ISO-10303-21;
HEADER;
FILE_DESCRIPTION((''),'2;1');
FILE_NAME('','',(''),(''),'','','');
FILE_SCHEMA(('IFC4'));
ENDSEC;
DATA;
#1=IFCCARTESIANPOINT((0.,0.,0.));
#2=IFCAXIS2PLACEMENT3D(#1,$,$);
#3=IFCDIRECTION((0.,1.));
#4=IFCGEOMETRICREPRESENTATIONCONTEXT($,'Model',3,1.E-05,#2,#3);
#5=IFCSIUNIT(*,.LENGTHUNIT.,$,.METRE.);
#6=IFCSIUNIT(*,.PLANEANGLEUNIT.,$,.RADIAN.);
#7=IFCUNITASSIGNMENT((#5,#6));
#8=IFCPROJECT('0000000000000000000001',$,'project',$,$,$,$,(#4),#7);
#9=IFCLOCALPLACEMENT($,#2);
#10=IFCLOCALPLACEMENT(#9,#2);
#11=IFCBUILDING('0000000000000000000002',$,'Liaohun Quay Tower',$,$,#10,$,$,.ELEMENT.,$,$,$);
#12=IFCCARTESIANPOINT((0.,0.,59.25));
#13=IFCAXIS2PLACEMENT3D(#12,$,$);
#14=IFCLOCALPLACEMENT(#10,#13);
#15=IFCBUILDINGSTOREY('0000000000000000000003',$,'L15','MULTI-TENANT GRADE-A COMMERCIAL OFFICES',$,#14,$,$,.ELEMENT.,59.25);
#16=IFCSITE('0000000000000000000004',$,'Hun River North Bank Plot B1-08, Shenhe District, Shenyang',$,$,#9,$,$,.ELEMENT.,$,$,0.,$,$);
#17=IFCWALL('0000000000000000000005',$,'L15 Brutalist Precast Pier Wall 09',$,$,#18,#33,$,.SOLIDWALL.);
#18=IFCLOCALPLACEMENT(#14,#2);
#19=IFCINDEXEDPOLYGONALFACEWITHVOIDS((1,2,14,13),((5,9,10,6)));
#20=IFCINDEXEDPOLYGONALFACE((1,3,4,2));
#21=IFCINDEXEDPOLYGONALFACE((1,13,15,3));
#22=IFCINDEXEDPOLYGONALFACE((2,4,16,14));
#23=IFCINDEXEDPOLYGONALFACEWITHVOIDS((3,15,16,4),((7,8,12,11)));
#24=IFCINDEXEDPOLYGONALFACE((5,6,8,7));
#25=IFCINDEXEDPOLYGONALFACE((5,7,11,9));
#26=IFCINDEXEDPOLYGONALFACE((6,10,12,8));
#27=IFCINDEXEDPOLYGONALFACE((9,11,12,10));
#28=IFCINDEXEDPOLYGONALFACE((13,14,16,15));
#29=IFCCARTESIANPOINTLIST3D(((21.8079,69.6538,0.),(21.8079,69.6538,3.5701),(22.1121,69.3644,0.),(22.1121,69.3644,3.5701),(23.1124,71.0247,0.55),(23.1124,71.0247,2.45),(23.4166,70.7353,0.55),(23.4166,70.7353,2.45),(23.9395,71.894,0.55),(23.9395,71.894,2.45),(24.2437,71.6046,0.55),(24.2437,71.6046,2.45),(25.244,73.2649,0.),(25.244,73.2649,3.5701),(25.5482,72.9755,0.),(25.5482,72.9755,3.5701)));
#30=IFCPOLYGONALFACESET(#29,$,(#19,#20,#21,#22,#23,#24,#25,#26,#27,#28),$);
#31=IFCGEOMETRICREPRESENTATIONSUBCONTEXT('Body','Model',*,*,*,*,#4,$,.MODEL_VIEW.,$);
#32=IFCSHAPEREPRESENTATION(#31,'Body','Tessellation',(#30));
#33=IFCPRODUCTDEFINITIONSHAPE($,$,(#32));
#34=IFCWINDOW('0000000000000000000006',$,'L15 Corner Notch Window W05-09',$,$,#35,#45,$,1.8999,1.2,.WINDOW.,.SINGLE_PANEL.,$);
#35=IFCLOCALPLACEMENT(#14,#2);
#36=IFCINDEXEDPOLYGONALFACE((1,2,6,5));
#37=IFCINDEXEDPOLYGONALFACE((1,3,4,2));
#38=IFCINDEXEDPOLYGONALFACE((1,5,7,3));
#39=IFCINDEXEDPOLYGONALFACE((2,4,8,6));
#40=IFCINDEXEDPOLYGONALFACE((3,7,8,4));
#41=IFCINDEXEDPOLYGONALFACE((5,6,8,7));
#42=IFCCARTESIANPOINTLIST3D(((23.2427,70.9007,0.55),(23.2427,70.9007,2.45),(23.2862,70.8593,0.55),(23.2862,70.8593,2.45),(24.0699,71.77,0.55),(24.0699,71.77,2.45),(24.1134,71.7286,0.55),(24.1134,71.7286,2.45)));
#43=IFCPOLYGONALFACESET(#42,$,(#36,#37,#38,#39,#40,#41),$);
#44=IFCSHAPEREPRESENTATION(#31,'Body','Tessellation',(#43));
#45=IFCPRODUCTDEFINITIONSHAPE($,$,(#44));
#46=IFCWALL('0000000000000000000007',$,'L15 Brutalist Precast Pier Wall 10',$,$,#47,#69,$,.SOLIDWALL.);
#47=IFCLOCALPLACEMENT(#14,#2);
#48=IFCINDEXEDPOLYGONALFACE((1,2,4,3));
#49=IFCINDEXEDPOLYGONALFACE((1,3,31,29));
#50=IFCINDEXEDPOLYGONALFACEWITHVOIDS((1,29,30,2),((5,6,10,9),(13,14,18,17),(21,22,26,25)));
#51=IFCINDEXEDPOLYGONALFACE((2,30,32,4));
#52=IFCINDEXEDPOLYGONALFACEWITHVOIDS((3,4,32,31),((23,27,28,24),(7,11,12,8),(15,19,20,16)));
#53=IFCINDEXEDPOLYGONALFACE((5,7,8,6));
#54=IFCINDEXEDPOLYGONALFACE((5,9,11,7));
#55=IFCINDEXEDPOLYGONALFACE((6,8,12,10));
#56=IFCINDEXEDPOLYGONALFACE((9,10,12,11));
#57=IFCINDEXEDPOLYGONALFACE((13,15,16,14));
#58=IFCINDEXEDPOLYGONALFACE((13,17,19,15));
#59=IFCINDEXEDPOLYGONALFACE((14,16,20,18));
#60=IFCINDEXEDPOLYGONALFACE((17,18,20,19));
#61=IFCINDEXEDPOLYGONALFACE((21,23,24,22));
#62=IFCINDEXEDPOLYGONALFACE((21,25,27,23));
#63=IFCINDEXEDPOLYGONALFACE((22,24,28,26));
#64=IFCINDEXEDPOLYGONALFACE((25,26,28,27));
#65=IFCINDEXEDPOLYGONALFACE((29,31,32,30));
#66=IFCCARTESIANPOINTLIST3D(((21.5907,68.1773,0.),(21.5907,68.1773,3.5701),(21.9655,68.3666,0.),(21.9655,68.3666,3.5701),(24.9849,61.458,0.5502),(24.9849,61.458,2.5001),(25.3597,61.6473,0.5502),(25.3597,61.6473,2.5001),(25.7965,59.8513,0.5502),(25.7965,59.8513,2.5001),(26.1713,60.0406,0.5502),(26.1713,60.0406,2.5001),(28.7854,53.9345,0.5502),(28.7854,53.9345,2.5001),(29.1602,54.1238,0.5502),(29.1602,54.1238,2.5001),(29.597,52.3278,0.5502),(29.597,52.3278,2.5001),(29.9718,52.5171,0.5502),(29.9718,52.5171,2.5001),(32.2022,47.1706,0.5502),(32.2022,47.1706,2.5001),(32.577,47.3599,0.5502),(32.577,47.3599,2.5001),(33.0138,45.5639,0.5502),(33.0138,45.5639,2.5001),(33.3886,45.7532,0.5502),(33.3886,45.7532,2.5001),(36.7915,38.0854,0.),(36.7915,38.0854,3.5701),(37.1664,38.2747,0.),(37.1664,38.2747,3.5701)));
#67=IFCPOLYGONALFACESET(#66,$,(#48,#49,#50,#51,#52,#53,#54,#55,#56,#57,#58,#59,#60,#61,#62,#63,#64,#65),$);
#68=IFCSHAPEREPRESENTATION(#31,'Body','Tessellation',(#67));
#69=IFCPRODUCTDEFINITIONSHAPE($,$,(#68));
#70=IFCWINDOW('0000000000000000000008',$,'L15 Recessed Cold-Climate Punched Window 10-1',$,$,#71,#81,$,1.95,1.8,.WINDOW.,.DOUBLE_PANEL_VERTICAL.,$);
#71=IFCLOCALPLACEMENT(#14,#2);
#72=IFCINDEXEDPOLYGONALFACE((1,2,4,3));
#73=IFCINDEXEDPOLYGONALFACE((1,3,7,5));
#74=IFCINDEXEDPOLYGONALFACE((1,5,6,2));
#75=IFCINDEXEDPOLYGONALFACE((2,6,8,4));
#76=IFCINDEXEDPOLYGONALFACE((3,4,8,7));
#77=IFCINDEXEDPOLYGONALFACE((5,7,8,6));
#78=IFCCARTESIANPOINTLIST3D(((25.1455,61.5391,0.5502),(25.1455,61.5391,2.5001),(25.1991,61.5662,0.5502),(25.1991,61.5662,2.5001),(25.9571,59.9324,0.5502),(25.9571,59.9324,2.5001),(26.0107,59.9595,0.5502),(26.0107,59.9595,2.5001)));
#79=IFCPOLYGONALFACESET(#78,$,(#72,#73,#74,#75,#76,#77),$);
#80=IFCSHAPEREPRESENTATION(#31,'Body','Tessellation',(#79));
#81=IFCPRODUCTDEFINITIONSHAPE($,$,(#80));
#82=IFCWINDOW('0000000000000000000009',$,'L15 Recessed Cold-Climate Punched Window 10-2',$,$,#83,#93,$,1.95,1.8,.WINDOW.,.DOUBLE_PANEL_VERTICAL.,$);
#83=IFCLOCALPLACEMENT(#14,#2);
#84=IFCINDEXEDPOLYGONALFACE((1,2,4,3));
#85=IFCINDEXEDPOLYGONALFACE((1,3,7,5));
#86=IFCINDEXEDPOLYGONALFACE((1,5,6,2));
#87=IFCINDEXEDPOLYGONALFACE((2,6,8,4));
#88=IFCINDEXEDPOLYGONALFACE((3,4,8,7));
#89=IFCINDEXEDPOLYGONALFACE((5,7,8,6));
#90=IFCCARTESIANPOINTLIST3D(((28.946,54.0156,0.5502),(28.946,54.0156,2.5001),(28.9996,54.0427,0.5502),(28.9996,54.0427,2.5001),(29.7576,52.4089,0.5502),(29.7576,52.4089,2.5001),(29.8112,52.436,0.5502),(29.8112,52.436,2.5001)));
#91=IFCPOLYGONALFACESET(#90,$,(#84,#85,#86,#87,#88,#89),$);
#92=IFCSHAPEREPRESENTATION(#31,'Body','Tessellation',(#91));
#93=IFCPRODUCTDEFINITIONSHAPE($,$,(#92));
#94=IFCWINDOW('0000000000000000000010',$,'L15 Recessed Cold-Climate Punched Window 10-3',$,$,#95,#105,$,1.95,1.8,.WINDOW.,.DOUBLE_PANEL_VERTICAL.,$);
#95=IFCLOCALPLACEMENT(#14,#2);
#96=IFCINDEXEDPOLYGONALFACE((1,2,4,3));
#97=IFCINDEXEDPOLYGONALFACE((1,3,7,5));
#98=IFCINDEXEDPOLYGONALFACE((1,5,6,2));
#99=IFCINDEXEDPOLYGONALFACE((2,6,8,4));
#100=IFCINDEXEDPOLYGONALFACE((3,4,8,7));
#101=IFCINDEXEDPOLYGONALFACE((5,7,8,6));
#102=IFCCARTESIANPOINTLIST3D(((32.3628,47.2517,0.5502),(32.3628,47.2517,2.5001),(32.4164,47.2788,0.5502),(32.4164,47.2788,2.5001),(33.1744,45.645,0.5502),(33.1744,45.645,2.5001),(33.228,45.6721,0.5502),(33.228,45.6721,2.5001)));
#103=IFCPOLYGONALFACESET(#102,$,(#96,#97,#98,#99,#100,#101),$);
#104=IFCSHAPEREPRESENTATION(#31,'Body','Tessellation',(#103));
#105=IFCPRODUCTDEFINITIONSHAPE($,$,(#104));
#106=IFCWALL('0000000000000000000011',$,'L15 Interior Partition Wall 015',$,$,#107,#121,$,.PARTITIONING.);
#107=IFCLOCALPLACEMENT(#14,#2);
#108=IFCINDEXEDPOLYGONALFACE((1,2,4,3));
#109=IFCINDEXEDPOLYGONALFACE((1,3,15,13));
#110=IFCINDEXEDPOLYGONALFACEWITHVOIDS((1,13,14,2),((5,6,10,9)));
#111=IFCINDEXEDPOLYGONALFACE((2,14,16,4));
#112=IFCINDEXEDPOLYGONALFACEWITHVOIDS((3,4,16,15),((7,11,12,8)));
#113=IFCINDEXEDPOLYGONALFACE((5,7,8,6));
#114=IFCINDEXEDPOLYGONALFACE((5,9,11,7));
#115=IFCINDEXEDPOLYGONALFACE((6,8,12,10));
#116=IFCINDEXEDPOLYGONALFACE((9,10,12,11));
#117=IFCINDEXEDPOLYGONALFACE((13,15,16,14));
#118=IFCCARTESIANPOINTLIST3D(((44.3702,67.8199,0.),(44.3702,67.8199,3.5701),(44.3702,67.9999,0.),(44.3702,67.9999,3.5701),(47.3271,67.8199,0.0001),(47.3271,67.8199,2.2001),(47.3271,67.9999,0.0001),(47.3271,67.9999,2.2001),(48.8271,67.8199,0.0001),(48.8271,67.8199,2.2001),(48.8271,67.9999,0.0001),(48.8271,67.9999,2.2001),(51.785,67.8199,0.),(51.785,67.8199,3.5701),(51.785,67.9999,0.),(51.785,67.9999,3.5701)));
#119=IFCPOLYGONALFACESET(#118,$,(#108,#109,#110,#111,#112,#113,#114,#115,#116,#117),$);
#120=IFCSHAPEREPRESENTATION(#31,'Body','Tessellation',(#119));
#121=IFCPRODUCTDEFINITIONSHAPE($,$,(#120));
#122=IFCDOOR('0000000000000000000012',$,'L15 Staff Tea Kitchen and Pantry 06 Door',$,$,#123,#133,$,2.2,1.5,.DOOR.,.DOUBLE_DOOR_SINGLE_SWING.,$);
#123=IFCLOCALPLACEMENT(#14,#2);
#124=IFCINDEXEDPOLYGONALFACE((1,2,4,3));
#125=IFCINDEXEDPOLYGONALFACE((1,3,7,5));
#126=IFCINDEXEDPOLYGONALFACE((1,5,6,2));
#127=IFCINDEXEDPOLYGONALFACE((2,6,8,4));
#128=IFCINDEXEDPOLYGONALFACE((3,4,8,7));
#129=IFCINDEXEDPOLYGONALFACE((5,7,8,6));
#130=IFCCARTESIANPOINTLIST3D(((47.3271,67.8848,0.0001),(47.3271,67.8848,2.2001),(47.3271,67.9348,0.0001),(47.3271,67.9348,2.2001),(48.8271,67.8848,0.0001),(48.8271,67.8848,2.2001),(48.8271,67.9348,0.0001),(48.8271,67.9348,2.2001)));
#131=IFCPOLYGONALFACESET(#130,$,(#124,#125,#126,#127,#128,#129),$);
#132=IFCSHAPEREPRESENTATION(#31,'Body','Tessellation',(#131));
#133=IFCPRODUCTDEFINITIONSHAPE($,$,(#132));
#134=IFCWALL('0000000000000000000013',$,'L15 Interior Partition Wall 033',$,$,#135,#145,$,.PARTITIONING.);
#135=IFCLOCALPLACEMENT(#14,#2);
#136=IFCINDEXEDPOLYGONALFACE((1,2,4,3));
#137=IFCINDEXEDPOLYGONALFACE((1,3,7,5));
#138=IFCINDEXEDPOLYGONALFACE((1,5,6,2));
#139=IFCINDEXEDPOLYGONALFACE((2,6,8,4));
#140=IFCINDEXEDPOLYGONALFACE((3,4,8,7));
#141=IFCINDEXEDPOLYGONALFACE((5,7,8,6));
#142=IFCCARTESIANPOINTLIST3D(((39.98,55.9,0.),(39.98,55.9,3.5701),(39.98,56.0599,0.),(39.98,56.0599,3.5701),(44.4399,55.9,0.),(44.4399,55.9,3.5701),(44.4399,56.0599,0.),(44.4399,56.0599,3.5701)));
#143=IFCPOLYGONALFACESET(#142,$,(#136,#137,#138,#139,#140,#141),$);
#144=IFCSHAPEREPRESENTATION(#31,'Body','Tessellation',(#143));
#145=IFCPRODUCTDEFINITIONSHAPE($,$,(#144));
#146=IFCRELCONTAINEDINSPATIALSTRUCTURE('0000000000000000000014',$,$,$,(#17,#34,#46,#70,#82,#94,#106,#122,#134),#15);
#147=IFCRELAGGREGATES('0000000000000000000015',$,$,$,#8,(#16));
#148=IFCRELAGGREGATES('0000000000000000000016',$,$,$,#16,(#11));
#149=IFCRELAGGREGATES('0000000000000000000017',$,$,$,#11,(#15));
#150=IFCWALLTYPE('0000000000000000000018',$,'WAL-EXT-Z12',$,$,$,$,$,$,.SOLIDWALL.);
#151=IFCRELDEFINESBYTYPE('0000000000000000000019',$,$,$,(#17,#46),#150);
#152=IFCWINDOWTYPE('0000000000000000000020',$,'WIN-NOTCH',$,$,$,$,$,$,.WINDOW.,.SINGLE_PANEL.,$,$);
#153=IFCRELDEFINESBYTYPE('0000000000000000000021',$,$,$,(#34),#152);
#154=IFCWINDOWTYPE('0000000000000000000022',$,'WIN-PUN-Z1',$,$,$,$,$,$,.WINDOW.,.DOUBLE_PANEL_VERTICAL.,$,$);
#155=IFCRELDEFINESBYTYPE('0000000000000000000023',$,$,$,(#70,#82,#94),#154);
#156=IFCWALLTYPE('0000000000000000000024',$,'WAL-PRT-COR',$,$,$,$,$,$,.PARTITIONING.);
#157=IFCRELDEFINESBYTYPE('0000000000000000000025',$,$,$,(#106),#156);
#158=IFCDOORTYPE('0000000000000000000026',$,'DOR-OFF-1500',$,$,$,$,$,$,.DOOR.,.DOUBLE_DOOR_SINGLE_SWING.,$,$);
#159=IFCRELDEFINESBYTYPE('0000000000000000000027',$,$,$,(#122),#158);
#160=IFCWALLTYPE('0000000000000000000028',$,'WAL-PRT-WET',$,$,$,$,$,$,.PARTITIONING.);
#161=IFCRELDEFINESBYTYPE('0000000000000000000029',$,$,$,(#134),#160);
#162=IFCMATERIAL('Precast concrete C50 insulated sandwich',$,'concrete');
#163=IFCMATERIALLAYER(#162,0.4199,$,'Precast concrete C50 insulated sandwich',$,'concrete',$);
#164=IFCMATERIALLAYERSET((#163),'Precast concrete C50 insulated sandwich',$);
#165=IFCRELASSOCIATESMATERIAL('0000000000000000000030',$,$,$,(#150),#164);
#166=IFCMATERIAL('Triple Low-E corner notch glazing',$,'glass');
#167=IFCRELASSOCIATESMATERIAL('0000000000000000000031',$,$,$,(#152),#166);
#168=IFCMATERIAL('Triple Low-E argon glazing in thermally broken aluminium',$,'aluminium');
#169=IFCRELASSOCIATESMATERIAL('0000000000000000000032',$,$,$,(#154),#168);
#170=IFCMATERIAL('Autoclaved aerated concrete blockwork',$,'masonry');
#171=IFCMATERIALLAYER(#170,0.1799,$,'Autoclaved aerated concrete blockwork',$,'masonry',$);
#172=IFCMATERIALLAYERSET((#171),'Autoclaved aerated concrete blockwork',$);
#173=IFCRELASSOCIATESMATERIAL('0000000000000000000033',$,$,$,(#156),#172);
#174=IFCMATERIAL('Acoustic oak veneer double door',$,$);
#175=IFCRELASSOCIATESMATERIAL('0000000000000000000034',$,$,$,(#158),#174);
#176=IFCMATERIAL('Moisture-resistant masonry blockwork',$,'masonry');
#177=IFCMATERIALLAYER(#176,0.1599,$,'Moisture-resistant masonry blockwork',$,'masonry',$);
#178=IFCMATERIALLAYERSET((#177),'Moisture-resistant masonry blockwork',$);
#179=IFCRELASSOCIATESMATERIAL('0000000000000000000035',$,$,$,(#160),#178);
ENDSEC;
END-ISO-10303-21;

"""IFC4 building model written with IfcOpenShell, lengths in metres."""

from ifc_helpers import new_model, si_unit, direction, frame, frame_2d, origin, place, context, subcontext, project, spatial, rectangle, extrude, source, transform, mapped, material, layer, layer_set, type_object, element, fill, save


model = new_model("IFC4")

# Units and contexts
model_context = context("Model", 3, precision=1e-05, world=origin(), true_north=direction((0.0, 1.0)))
body_context = subcontext(model_context, "Body", "Model", "MODEL_VIEW")
ifc_project = project(units=[si_unit("LENGTHUNIT", "METRE"), si_unit("PLANEANGLEUNIT", "RADIAN")], contexts=[model_context])

# Site, building, storey
site_placement = place(None, origin())
site = spatial("IfcSite", under=ifc_project, at=site_placement, Name="Hun River North Bank Plot B1-08, Shenhe District, Shenyang", CompositionType="ELEMENT", RefElevation=0.0)
building_placement = place(site_placement, origin())
building = spatial("IfcBuilding", under=site, at=building_placement, Name="Liaohun Quay Tower", CompositionType="ELEMENT")
storey_placement = place(building_placement, frame((0.0, 0.0, 59.25)))
storey = spatial("IfcBuildingStorey", under=building, at=storey_placement, Name="L15", Description="MULTI-TENANT GRADE-A COMMERCIAL OFFICES", CompositionType="ELEMENT", Elevation=59.25)

# Wall, opening, window
ifc_material_1 = material(Name="Precast concrete C50 insulated sandwich", Category="concrete")
ifc_layer_1 = layer(ifc_material_1, 0.4199, Name="Precast concrete C50 insulated sandwich", Category="concrete")
ifc_layer_set_1 = layer_set([ifc_layer_1], Name="Precast concrete C50 insulated sandwich")
wall_type_1 = type_object("IfcWallType", Name="WAL-EXT-Z12", PredefinedType="SOLIDWALL", material=ifc_layer_set_1)
shared_shape_1 = source(origin(), body_context, "Body", "SweptSolid", [
    extrude(rectangle(XDim=1.2, YDim=1.8999, at=frame_2d((0.6001, 0.95))), frame((0.0, 0.22, 0.0), z_axis=(0.0, -1.0, 0.0), x_axis=(1.0, 0.0, 0.0)), (0.0, 0.0, 1.0), 0.4399),
])
ifc_material_2 = material(Name="Triple Low-E corner notch glazing", Category="glass")
window_type_1 = type_object("IfcWindowType", Name="WIN-NOTCH", PartitioningType="SINGLE_PANEL", PredefinedType="WINDOW", material=ifc_material_2)
shared_shape_2 = source(origin(), body_context, "Body", "SweptSolid", [
    extrude(rectangle(XDim=1.2, YDim=1.8999, at=frame_2d((0.6001, 0.95))), frame((0.0, 0.03, 0.0), z_axis=(0.0, -1.0, 0.0), x_axis=(1.0, 0.0, 0.0)), (0.0, 0.0, 1.0), 0.0601),
])
wall_1_placement = place(storey_placement, frame((25.396, 73.1201, 0.0), z_axis=(0.0, 0.0, 1.0), x_axis=(-0.68933, -0.724448, 0.0)))
wall_1 = element("IfcWall", 1, at=wall_1_placement, inside=storey, type_object=wall_type_1, Name="L15 Brutalist Precast Pier Wall 09", PredefinedType="SOLIDWALL", context=body_context, shape_type="SweptSolid", body=[
    extrude(rectangle(XDim=4.9846, YDim=0.4199, at=frame_2d((2.4922, 0.0))), origin(), (0.0, 0.0, 1.0), 3.5701),
])
opening_1_placement = place(wall_1_placement, frame((1.8921, 0.0, 0.55)))
opening_1 = element("IfcOpeningElement", 2, at=opening_1_placement, cuts=wall_1, PredefinedType="OPENING", context=body_context, shape_type="MappedRepresentation", body=[
    mapped(shared_shape_1, transform((0.0, 0.0, 0.0), x_axis=(1.0, 0.0, 0.0), y_axis=(0.0, 1.0, 0.0), z_axis=(0.0, 0.0, 1.0), scale=1.0)),
])
window_1_placement = place(opening_1_placement, origin())
window_1 = element("IfcWindow", 3, at=window_1_placement, inside=storey, type_object=window_type_1, Name="L15 Corner Notch Window W05-09", OverallHeight=1.8999, OverallWidth=1.2, PartitioningType="SINGLE_PANEL", PredefinedType="WINDOW", context=body_context, shape_type="MappedRepresentation", body=[
    mapped(shared_shape_2, transform((0.0, 0.0, 0.0), x_axis=(1.0, 0.0, 0.0), y_axis=(0.0, 1.0, 0.0), z_axis=(0.0, 0.0, 1.0), scale=1.0)),
])
fill(opening_1, window_1)

# Wall, openings, windows
wall_2_placement = place(storey_placement, frame((21.7781, 68.272, 0.0), z_axis=(0.0, 0.0, 1.0), x_axis=(0.450886, -0.892582, 0.0)))
wall_2 = element("IfcWall", 4, at=wall_2_placement, inside=storey, type_object=wall_type_1, Name="L15 Brutalist Precast Pier Wall 10", PredefinedType="SOLIDWALL", context=body_context, shape_type="SweptSolid", body=[
    extrude(rectangle(XDim=33.7134, YDim=0.4199, at=frame_2d((16.8567, 0.0))), origin(), (0.0, 0.0, 1.0), 3.5701),
])
shared_shape_3 = source(origin(), body_context, "Body", "SweptSolid", [
    extrude(rectangle(XDim=1.8, YDim=1.95, at=frame_2d((0.8999, 0.9751))), frame((0.0, 0.22, 0.0), z_axis=(0.0, -1.0, 0.0), x_axis=(1.0, 0.0, 0.0)), (0.0, 0.0, 1.0), 0.4399),
])
opening_2_placement = place(wall_2_placement, frame((7.5281, 0.0, 0.55)))
opening_2 = element("IfcOpeningElement", 5, at=opening_2_placement, cuts=wall_2, PredefinedType="OPENING", context=body_context, shape_type="MappedRepresentation", body=[
    mapped(shared_shape_3, transform((0.0, 0.0, 0.0), x_axis=(1.0, 0.0, 0.0), y_axis=(0.0, 1.0, 0.0), z_axis=(0.0, 0.0, 1.0), scale=1.0)),
])
opening_3_placement = place(wall_2_placement, frame((15.957, 0.0, 0.55)))
opening_3 = element("IfcOpeningElement", 6, at=opening_3_placement, cuts=wall_2, PredefinedType="OPENING", context=body_context, shape_type="MappedRepresentation", body=[
    mapped(shared_shape_3, transform((0.0, 0.0, 0.0), x_axis=(1.0, 0.0, 0.0), y_axis=(0.0, 1.0, 0.0), z_axis=(0.0, 0.0, 1.0), scale=1.0)),
])
opening_4_placement = place(wall_2_placement, frame((23.5349, 0.0, 0.55)))
opening_4 = element("IfcOpeningElement", 7, at=opening_4_placement, cuts=wall_2, PredefinedType="OPENING", context=body_context, shape_type="MappedRepresentation", body=[
    mapped(shared_shape_3, transform((0.0, 0.0, 0.0), x_axis=(1.0, 0.0, 0.0), y_axis=(0.0, 1.0, 0.0), z_axis=(0.0, 0.0, 1.0), scale=1.0)),
])
ifc_material_3 = material(Name="Triple Low-E argon glazing in thermally broken aluminium", Category="aluminium")
window_type_2 = type_object("IfcWindowType", Name="WIN-PUN-Z1", PartitioningType="DOUBLE_PANEL_VERTICAL", PredefinedType="WINDOW", material=ifc_material_3)
shared_shape_4 = source(origin(), body_context, "Body", "SweptSolid", [
    extrude(rectangle(XDim=1.8, YDim=1.95, at=frame_2d((0.8999, 0.9751))), frame((0.0, 0.03, 0.0), z_axis=(0.0, -1.0, 0.0), x_axis=(1.0, 0.0, 0.0)), (0.0, 0.0, 1.0), 0.0601),
])
window_2_placement = place(opening_2_placement, origin())
window_2 = element("IfcWindow", 8, at=window_2_placement, inside=storey, type_object=window_type_2, Name="L15 Recessed Cold-Climate Punched Window 10-1", OverallHeight=1.95, OverallWidth=1.8, PartitioningType="DOUBLE_PANEL_VERTICAL", PredefinedType="WINDOW", context=body_context, shape_type="MappedRepresentation", body=[
    mapped(shared_shape_4, transform((0.0, 0.0, 0.0), x_axis=(1.0, 0.0, 0.0), y_axis=(0.0, 1.0, 0.0), z_axis=(0.0, 0.0, 1.0), scale=1.0)),
])
fill(opening_2, window_2)
window_3_placement = place(opening_3_placement, origin())
window_3 = element("IfcWindow", 9, at=window_3_placement, inside=storey, type_object=window_type_2, Name="L15 Recessed Cold-Climate Punched Window 10-2", OverallHeight=1.95, OverallWidth=1.8, PartitioningType="DOUBLE_PANEL_VERTICAL", PredefinedType="WINDOW", context=body_context, shape_type="MappedRepresentation", body=[
    mapped(shared_shape_4, transform((0.0, 0.0, 0.0), x_axis=(1.0, 0.0, 0.0), y_axis=(0.0, 1.0, 0.0), z_axis=(0.0, 0.0, 1.0), scale=1.0)),
])
fill(opening_3, window_3)
window_4_placement = place(opening_4_placement, origin())
window_4 = element("IfcWindow", 10, at=window_4_placement, inside=storey, type_object=window_type_2, Name="L15 Recessed Cold-Climate Punched Window 10-3", OverallHeight=1.95, OverallWidth=1.8, PartitioningType="DOUBLE_PANEL_VERTICAL", PredefinedType="WINDOW", context=body_context, shape_type="MappedRepresentation", body=[
    mapped(shared_shape_4, transform((0.0, 0.0, 0.0), x_axis=(1.0, 0.0, 0.0), y_axis=(0.0, 1.0, 0.0), z_axis=(0.0, 0.0, 1.0), scale=1.0)),
])
fill(opening_4, window_4)

# Wall, opening, door
ifc_material_4 = material(Name="Autoclaved aerated concrete blockwork", Category="masonry")
ifc_layer_2 = layer(ifc_material_4, 0.1799, Name="Autoclaved aerated concrete blockwork", Category="masonry")
ifc_layer_set_2 = layer_set([ifc_layer_2], Name="Autoclaved aerated concrete blockwork")
wall_type_2 = type_object("IfcWallType", Name="WAL-PRT-COR", PredefinedType="PARTITIONING", material=ifc_layer_set_2)
wall_3_placement = place(storey_placement, frame((44.3701, 67.9099, 0.0), z_axis=(0.0, 0.0, 1.0), x_axis=(1.0, 0.0, 0.0)))
wall_3 = element("IfcWall", 11, at=wall_3_placement, inside=storey, type_object=wall_type_2, Name="L15 Interior Partition Wall 015", PredefinedType="PARTITIONING", context=body_context, shape_type="SweptSolid", body=[
    extrude(rectangle(XDim=7.4148, YDim=0.1799, at=frame_2d((3.7075, 0.0))), origin(), (0.0, 0.0, 1.0), 3.5701),
])
shared_shape_5 = source(origin(), body_context, "Body", "SweptSolid", [
    extrude(rectangle(XDim=1.5, YDim=2.2, at=frame_2d((0.75, 1.1001))), frame((0.0, 0.0999, 0.0), z_axis=(0.0, -1.0, 0.0), x_axis=(1.0, 0.0, 0.0)), (0.0, 0.0, 1.0), 0.2),
])
opening_5_placement = place(wall_3_placement, frame((2.957, 0.0, 0.0)))
opening_5 = element("IfcOpeningElement", 12, at=opening_5_placement, cuts=wall_3, PredefinedType="OPENING", context=body_context, shape_type="MappedRepresentation", body=[
    mapped(shared_shape_5, transform((0.0, 0.0, 0.0), x_axis=(1.0, 0.0, 0.0), y_axis=(0.0, 1.0, 0.0), z_axis=(0.0, 0.0, 1.0), scale=1.0)),
])
ifc_material_5 = material(Name="Acoustic oak veneer double door")
door_type_1 = type_object("IfcDoorType", Name="DOR-OFF-1500", OperationType="DOUBLE_DOOR_SINGLE_SWING", PredefinedType="DOOR", material=ifc_material_5)
shared_shape_6 = source(origin(), body_context, "Body", "SweptSolid", [
    extrude(rectangle(XDim=1.5, YDim=2.2, at=frame_2d((0.75, 1.1001))), frame((0.0, 0.0249, 0.0), z_axis=(0.0, -1.0, 0.0), x_axis=(1.0, 0.0, 0.0)), (0.0, 0.0, 1.0), 0.05),
])
door_1_placement = place(opening_5_placement, origin())
door_1 = element("IfcDoor", 13, at=door_1_placement, inside=storey, type_object=door_type_1, Name="L15 Staff Tea Kitchen and Pantry 06 Door", OperationType="DOUBLE_DOOR_SINGLE_SWING", OverallHeight=2.2, OverallWidth=1.5, PredefinedType="DOOR", context=body_context, shape_type="MappedRepresentation", body=[
    mapped(shared_shape_6, transform((0.0, 0.0, 0.0), x_axis=(1.0, 0.0, 0.0), y_axis=(0.0, 1.0, 0.0), z_axis=(0.0, 0.0, 1.0), scale=1.0)),
])
fill(opening_5, door_1)
ifc_material_6 = material(Name="Moisture-resistant masonry blockwork", Category="masonry")
ifc_layer_3 = layer(ifc_material_6, 0.1599, Name="Moisture-resistant masonry blockwork", Category="masonry")
ifc_layer_set_3 = layer_set([ifc_layer_3], Name="Moisture-resistant masonry blockwork")
wall_type_3 = type_object("IfcWallType", Name="WAL-PRT-WET", PredefinedType="PARTITIONING", material=ifc_layer_set_3)

# Wall
wall_4_placement = place(storey_placement, frame((39.98, 55.98, 0.0), z_axis=(0.0, 0.0, 1.0), x_axis=(1.0, 0.0, 0.0)))
element("IfcWall", 14, at=wall_4_placement, inside=storey, type_object=wall_type_3, Name="L15 Interior Partition Wall 033", PredefinedType="PARTITIONING", context=body_context, shape_type="SweptSolid", body=[
    extrude(rectangle(XDim=4.46, YDim=0.1599, at=frame_2d((2.23, 0.0))), origin(), (0.0, 0.0, 1.0), 3.5701),
])

save(model, "model.ifc")
